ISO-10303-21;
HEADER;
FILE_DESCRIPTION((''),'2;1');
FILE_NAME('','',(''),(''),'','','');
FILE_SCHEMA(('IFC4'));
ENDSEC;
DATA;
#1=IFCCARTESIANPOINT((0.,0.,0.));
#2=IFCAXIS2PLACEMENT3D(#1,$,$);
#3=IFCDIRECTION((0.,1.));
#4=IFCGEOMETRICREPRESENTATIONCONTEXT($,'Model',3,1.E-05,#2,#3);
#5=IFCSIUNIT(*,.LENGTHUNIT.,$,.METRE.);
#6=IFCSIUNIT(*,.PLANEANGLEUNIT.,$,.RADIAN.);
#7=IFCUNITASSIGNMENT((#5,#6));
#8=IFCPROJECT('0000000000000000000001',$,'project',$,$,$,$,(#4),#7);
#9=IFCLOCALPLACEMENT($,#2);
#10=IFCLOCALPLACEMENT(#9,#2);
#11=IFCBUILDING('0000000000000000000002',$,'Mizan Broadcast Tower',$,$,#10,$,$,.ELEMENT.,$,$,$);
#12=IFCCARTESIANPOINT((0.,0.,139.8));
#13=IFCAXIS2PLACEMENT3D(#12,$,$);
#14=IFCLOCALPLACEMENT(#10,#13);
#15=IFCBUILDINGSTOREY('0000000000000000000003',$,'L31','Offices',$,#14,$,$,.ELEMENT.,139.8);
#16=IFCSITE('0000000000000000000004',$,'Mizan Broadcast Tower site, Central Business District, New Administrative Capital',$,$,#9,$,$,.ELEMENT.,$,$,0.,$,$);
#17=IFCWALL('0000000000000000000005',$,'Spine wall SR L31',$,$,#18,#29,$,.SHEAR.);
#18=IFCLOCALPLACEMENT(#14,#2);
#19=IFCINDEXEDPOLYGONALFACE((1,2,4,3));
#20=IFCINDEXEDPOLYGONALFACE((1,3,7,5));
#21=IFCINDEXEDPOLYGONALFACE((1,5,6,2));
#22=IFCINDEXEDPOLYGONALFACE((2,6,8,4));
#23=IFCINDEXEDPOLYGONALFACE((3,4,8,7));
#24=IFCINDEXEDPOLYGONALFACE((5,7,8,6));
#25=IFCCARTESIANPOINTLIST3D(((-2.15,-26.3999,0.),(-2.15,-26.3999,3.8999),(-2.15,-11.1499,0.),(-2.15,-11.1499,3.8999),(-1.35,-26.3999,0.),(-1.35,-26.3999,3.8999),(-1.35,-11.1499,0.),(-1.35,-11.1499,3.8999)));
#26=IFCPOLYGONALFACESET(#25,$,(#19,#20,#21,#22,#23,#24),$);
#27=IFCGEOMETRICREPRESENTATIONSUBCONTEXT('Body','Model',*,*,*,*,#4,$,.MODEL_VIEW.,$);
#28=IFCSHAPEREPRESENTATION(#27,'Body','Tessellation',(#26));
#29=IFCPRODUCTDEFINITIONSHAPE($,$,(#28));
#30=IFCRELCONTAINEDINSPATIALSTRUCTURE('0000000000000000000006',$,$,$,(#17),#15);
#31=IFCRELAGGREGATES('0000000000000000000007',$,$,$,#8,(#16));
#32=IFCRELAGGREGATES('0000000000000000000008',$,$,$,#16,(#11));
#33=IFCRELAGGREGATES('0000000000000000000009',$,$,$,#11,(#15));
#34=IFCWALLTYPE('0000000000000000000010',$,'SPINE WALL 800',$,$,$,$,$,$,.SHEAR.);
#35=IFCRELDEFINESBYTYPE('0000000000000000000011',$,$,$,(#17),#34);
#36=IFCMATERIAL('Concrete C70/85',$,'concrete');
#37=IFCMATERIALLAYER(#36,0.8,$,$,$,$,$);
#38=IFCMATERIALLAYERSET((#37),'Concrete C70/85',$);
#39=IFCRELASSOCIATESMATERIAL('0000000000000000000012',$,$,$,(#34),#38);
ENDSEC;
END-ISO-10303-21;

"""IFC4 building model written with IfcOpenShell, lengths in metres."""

from ifc_helpers import new_model, si_unit, direction, frame, frame_2d, origin, place, context, subcontext, project, spatial, rectangle, extrude, material, layer, layer_set, type_object, element, save


model = new_model("IFC4")

# Units and contexts
model_context = context("Model", 3, precision=1e-05, world=origin(), true_north=direction((0.0, 1.0)))
body_context = subcontext(model_context, "Body", "Model", "MODEL_VIEW")
ifc_project = project(units=[si_unit("LENGTHUNIT", "METRE"), si_unit("PLANEANGLEUNIT", "RADIAN")], contexts=[model_context])

# Site, building, storey
site_placement = place(None, origin())
site = spatial("IfcSite", under=ifc_project, at=site_placement, Name="Mizan Broadcast Tower site, Central Business District, New Administrative Capital", CompositionType="ELEMENT", RefElevation=0.0)
building_placement = place(site_placement, origin())
building = spatial("IfcBuilding", under=site, at=building_placement, Name="Mizan Broadcast Tower", CompositionType="ELEMENT")
storey_placement = place(building_placement, frame((0.0, 0.0, 139.8)))
storey = spatial("IfcBuildingStorey", under=building, at=storey_placement, Name="L31", Description="Offices", CompositionType="ELEMENT", Elevation=139.8)

# Wall
ifc_material_1 = material(Name="Concrete C70/85", Category="concrete")
ifc_layer_1 = layer(ifc_material_1, 0.8)
ifc_layer_set_1 = layer_set([ifc_layer_1], Name="Concrete C70/85")
wall_type_1 = type_object("IfcWallType", Name="SPINE WALL 800", PredefinedType="SHEAR", material=ifc_layer_set_1)
wall_1_placement = place(storey_placement, frame((-1.75, -11.1499, 0.0), z_axis=(0.0, 0.0, 1.0), x_axis=(0.0, -1.0, 0.0)))
element("IfcWall", 1, at=wall_1_placement, inside=storey, type_object=wall_type_1, Name="Spine wall SR L31", PredefinedType="SHEAR", context=body_context, shape_type="SweptSolid", body=[
    extrude(rectangle(XDim=15.25, YDim=0.8, at=frame_2d((7.625, 0.0))), origin(), (0.0, 0.0, 1.0), 3.8999),
])

save(model, "model.ifc")
